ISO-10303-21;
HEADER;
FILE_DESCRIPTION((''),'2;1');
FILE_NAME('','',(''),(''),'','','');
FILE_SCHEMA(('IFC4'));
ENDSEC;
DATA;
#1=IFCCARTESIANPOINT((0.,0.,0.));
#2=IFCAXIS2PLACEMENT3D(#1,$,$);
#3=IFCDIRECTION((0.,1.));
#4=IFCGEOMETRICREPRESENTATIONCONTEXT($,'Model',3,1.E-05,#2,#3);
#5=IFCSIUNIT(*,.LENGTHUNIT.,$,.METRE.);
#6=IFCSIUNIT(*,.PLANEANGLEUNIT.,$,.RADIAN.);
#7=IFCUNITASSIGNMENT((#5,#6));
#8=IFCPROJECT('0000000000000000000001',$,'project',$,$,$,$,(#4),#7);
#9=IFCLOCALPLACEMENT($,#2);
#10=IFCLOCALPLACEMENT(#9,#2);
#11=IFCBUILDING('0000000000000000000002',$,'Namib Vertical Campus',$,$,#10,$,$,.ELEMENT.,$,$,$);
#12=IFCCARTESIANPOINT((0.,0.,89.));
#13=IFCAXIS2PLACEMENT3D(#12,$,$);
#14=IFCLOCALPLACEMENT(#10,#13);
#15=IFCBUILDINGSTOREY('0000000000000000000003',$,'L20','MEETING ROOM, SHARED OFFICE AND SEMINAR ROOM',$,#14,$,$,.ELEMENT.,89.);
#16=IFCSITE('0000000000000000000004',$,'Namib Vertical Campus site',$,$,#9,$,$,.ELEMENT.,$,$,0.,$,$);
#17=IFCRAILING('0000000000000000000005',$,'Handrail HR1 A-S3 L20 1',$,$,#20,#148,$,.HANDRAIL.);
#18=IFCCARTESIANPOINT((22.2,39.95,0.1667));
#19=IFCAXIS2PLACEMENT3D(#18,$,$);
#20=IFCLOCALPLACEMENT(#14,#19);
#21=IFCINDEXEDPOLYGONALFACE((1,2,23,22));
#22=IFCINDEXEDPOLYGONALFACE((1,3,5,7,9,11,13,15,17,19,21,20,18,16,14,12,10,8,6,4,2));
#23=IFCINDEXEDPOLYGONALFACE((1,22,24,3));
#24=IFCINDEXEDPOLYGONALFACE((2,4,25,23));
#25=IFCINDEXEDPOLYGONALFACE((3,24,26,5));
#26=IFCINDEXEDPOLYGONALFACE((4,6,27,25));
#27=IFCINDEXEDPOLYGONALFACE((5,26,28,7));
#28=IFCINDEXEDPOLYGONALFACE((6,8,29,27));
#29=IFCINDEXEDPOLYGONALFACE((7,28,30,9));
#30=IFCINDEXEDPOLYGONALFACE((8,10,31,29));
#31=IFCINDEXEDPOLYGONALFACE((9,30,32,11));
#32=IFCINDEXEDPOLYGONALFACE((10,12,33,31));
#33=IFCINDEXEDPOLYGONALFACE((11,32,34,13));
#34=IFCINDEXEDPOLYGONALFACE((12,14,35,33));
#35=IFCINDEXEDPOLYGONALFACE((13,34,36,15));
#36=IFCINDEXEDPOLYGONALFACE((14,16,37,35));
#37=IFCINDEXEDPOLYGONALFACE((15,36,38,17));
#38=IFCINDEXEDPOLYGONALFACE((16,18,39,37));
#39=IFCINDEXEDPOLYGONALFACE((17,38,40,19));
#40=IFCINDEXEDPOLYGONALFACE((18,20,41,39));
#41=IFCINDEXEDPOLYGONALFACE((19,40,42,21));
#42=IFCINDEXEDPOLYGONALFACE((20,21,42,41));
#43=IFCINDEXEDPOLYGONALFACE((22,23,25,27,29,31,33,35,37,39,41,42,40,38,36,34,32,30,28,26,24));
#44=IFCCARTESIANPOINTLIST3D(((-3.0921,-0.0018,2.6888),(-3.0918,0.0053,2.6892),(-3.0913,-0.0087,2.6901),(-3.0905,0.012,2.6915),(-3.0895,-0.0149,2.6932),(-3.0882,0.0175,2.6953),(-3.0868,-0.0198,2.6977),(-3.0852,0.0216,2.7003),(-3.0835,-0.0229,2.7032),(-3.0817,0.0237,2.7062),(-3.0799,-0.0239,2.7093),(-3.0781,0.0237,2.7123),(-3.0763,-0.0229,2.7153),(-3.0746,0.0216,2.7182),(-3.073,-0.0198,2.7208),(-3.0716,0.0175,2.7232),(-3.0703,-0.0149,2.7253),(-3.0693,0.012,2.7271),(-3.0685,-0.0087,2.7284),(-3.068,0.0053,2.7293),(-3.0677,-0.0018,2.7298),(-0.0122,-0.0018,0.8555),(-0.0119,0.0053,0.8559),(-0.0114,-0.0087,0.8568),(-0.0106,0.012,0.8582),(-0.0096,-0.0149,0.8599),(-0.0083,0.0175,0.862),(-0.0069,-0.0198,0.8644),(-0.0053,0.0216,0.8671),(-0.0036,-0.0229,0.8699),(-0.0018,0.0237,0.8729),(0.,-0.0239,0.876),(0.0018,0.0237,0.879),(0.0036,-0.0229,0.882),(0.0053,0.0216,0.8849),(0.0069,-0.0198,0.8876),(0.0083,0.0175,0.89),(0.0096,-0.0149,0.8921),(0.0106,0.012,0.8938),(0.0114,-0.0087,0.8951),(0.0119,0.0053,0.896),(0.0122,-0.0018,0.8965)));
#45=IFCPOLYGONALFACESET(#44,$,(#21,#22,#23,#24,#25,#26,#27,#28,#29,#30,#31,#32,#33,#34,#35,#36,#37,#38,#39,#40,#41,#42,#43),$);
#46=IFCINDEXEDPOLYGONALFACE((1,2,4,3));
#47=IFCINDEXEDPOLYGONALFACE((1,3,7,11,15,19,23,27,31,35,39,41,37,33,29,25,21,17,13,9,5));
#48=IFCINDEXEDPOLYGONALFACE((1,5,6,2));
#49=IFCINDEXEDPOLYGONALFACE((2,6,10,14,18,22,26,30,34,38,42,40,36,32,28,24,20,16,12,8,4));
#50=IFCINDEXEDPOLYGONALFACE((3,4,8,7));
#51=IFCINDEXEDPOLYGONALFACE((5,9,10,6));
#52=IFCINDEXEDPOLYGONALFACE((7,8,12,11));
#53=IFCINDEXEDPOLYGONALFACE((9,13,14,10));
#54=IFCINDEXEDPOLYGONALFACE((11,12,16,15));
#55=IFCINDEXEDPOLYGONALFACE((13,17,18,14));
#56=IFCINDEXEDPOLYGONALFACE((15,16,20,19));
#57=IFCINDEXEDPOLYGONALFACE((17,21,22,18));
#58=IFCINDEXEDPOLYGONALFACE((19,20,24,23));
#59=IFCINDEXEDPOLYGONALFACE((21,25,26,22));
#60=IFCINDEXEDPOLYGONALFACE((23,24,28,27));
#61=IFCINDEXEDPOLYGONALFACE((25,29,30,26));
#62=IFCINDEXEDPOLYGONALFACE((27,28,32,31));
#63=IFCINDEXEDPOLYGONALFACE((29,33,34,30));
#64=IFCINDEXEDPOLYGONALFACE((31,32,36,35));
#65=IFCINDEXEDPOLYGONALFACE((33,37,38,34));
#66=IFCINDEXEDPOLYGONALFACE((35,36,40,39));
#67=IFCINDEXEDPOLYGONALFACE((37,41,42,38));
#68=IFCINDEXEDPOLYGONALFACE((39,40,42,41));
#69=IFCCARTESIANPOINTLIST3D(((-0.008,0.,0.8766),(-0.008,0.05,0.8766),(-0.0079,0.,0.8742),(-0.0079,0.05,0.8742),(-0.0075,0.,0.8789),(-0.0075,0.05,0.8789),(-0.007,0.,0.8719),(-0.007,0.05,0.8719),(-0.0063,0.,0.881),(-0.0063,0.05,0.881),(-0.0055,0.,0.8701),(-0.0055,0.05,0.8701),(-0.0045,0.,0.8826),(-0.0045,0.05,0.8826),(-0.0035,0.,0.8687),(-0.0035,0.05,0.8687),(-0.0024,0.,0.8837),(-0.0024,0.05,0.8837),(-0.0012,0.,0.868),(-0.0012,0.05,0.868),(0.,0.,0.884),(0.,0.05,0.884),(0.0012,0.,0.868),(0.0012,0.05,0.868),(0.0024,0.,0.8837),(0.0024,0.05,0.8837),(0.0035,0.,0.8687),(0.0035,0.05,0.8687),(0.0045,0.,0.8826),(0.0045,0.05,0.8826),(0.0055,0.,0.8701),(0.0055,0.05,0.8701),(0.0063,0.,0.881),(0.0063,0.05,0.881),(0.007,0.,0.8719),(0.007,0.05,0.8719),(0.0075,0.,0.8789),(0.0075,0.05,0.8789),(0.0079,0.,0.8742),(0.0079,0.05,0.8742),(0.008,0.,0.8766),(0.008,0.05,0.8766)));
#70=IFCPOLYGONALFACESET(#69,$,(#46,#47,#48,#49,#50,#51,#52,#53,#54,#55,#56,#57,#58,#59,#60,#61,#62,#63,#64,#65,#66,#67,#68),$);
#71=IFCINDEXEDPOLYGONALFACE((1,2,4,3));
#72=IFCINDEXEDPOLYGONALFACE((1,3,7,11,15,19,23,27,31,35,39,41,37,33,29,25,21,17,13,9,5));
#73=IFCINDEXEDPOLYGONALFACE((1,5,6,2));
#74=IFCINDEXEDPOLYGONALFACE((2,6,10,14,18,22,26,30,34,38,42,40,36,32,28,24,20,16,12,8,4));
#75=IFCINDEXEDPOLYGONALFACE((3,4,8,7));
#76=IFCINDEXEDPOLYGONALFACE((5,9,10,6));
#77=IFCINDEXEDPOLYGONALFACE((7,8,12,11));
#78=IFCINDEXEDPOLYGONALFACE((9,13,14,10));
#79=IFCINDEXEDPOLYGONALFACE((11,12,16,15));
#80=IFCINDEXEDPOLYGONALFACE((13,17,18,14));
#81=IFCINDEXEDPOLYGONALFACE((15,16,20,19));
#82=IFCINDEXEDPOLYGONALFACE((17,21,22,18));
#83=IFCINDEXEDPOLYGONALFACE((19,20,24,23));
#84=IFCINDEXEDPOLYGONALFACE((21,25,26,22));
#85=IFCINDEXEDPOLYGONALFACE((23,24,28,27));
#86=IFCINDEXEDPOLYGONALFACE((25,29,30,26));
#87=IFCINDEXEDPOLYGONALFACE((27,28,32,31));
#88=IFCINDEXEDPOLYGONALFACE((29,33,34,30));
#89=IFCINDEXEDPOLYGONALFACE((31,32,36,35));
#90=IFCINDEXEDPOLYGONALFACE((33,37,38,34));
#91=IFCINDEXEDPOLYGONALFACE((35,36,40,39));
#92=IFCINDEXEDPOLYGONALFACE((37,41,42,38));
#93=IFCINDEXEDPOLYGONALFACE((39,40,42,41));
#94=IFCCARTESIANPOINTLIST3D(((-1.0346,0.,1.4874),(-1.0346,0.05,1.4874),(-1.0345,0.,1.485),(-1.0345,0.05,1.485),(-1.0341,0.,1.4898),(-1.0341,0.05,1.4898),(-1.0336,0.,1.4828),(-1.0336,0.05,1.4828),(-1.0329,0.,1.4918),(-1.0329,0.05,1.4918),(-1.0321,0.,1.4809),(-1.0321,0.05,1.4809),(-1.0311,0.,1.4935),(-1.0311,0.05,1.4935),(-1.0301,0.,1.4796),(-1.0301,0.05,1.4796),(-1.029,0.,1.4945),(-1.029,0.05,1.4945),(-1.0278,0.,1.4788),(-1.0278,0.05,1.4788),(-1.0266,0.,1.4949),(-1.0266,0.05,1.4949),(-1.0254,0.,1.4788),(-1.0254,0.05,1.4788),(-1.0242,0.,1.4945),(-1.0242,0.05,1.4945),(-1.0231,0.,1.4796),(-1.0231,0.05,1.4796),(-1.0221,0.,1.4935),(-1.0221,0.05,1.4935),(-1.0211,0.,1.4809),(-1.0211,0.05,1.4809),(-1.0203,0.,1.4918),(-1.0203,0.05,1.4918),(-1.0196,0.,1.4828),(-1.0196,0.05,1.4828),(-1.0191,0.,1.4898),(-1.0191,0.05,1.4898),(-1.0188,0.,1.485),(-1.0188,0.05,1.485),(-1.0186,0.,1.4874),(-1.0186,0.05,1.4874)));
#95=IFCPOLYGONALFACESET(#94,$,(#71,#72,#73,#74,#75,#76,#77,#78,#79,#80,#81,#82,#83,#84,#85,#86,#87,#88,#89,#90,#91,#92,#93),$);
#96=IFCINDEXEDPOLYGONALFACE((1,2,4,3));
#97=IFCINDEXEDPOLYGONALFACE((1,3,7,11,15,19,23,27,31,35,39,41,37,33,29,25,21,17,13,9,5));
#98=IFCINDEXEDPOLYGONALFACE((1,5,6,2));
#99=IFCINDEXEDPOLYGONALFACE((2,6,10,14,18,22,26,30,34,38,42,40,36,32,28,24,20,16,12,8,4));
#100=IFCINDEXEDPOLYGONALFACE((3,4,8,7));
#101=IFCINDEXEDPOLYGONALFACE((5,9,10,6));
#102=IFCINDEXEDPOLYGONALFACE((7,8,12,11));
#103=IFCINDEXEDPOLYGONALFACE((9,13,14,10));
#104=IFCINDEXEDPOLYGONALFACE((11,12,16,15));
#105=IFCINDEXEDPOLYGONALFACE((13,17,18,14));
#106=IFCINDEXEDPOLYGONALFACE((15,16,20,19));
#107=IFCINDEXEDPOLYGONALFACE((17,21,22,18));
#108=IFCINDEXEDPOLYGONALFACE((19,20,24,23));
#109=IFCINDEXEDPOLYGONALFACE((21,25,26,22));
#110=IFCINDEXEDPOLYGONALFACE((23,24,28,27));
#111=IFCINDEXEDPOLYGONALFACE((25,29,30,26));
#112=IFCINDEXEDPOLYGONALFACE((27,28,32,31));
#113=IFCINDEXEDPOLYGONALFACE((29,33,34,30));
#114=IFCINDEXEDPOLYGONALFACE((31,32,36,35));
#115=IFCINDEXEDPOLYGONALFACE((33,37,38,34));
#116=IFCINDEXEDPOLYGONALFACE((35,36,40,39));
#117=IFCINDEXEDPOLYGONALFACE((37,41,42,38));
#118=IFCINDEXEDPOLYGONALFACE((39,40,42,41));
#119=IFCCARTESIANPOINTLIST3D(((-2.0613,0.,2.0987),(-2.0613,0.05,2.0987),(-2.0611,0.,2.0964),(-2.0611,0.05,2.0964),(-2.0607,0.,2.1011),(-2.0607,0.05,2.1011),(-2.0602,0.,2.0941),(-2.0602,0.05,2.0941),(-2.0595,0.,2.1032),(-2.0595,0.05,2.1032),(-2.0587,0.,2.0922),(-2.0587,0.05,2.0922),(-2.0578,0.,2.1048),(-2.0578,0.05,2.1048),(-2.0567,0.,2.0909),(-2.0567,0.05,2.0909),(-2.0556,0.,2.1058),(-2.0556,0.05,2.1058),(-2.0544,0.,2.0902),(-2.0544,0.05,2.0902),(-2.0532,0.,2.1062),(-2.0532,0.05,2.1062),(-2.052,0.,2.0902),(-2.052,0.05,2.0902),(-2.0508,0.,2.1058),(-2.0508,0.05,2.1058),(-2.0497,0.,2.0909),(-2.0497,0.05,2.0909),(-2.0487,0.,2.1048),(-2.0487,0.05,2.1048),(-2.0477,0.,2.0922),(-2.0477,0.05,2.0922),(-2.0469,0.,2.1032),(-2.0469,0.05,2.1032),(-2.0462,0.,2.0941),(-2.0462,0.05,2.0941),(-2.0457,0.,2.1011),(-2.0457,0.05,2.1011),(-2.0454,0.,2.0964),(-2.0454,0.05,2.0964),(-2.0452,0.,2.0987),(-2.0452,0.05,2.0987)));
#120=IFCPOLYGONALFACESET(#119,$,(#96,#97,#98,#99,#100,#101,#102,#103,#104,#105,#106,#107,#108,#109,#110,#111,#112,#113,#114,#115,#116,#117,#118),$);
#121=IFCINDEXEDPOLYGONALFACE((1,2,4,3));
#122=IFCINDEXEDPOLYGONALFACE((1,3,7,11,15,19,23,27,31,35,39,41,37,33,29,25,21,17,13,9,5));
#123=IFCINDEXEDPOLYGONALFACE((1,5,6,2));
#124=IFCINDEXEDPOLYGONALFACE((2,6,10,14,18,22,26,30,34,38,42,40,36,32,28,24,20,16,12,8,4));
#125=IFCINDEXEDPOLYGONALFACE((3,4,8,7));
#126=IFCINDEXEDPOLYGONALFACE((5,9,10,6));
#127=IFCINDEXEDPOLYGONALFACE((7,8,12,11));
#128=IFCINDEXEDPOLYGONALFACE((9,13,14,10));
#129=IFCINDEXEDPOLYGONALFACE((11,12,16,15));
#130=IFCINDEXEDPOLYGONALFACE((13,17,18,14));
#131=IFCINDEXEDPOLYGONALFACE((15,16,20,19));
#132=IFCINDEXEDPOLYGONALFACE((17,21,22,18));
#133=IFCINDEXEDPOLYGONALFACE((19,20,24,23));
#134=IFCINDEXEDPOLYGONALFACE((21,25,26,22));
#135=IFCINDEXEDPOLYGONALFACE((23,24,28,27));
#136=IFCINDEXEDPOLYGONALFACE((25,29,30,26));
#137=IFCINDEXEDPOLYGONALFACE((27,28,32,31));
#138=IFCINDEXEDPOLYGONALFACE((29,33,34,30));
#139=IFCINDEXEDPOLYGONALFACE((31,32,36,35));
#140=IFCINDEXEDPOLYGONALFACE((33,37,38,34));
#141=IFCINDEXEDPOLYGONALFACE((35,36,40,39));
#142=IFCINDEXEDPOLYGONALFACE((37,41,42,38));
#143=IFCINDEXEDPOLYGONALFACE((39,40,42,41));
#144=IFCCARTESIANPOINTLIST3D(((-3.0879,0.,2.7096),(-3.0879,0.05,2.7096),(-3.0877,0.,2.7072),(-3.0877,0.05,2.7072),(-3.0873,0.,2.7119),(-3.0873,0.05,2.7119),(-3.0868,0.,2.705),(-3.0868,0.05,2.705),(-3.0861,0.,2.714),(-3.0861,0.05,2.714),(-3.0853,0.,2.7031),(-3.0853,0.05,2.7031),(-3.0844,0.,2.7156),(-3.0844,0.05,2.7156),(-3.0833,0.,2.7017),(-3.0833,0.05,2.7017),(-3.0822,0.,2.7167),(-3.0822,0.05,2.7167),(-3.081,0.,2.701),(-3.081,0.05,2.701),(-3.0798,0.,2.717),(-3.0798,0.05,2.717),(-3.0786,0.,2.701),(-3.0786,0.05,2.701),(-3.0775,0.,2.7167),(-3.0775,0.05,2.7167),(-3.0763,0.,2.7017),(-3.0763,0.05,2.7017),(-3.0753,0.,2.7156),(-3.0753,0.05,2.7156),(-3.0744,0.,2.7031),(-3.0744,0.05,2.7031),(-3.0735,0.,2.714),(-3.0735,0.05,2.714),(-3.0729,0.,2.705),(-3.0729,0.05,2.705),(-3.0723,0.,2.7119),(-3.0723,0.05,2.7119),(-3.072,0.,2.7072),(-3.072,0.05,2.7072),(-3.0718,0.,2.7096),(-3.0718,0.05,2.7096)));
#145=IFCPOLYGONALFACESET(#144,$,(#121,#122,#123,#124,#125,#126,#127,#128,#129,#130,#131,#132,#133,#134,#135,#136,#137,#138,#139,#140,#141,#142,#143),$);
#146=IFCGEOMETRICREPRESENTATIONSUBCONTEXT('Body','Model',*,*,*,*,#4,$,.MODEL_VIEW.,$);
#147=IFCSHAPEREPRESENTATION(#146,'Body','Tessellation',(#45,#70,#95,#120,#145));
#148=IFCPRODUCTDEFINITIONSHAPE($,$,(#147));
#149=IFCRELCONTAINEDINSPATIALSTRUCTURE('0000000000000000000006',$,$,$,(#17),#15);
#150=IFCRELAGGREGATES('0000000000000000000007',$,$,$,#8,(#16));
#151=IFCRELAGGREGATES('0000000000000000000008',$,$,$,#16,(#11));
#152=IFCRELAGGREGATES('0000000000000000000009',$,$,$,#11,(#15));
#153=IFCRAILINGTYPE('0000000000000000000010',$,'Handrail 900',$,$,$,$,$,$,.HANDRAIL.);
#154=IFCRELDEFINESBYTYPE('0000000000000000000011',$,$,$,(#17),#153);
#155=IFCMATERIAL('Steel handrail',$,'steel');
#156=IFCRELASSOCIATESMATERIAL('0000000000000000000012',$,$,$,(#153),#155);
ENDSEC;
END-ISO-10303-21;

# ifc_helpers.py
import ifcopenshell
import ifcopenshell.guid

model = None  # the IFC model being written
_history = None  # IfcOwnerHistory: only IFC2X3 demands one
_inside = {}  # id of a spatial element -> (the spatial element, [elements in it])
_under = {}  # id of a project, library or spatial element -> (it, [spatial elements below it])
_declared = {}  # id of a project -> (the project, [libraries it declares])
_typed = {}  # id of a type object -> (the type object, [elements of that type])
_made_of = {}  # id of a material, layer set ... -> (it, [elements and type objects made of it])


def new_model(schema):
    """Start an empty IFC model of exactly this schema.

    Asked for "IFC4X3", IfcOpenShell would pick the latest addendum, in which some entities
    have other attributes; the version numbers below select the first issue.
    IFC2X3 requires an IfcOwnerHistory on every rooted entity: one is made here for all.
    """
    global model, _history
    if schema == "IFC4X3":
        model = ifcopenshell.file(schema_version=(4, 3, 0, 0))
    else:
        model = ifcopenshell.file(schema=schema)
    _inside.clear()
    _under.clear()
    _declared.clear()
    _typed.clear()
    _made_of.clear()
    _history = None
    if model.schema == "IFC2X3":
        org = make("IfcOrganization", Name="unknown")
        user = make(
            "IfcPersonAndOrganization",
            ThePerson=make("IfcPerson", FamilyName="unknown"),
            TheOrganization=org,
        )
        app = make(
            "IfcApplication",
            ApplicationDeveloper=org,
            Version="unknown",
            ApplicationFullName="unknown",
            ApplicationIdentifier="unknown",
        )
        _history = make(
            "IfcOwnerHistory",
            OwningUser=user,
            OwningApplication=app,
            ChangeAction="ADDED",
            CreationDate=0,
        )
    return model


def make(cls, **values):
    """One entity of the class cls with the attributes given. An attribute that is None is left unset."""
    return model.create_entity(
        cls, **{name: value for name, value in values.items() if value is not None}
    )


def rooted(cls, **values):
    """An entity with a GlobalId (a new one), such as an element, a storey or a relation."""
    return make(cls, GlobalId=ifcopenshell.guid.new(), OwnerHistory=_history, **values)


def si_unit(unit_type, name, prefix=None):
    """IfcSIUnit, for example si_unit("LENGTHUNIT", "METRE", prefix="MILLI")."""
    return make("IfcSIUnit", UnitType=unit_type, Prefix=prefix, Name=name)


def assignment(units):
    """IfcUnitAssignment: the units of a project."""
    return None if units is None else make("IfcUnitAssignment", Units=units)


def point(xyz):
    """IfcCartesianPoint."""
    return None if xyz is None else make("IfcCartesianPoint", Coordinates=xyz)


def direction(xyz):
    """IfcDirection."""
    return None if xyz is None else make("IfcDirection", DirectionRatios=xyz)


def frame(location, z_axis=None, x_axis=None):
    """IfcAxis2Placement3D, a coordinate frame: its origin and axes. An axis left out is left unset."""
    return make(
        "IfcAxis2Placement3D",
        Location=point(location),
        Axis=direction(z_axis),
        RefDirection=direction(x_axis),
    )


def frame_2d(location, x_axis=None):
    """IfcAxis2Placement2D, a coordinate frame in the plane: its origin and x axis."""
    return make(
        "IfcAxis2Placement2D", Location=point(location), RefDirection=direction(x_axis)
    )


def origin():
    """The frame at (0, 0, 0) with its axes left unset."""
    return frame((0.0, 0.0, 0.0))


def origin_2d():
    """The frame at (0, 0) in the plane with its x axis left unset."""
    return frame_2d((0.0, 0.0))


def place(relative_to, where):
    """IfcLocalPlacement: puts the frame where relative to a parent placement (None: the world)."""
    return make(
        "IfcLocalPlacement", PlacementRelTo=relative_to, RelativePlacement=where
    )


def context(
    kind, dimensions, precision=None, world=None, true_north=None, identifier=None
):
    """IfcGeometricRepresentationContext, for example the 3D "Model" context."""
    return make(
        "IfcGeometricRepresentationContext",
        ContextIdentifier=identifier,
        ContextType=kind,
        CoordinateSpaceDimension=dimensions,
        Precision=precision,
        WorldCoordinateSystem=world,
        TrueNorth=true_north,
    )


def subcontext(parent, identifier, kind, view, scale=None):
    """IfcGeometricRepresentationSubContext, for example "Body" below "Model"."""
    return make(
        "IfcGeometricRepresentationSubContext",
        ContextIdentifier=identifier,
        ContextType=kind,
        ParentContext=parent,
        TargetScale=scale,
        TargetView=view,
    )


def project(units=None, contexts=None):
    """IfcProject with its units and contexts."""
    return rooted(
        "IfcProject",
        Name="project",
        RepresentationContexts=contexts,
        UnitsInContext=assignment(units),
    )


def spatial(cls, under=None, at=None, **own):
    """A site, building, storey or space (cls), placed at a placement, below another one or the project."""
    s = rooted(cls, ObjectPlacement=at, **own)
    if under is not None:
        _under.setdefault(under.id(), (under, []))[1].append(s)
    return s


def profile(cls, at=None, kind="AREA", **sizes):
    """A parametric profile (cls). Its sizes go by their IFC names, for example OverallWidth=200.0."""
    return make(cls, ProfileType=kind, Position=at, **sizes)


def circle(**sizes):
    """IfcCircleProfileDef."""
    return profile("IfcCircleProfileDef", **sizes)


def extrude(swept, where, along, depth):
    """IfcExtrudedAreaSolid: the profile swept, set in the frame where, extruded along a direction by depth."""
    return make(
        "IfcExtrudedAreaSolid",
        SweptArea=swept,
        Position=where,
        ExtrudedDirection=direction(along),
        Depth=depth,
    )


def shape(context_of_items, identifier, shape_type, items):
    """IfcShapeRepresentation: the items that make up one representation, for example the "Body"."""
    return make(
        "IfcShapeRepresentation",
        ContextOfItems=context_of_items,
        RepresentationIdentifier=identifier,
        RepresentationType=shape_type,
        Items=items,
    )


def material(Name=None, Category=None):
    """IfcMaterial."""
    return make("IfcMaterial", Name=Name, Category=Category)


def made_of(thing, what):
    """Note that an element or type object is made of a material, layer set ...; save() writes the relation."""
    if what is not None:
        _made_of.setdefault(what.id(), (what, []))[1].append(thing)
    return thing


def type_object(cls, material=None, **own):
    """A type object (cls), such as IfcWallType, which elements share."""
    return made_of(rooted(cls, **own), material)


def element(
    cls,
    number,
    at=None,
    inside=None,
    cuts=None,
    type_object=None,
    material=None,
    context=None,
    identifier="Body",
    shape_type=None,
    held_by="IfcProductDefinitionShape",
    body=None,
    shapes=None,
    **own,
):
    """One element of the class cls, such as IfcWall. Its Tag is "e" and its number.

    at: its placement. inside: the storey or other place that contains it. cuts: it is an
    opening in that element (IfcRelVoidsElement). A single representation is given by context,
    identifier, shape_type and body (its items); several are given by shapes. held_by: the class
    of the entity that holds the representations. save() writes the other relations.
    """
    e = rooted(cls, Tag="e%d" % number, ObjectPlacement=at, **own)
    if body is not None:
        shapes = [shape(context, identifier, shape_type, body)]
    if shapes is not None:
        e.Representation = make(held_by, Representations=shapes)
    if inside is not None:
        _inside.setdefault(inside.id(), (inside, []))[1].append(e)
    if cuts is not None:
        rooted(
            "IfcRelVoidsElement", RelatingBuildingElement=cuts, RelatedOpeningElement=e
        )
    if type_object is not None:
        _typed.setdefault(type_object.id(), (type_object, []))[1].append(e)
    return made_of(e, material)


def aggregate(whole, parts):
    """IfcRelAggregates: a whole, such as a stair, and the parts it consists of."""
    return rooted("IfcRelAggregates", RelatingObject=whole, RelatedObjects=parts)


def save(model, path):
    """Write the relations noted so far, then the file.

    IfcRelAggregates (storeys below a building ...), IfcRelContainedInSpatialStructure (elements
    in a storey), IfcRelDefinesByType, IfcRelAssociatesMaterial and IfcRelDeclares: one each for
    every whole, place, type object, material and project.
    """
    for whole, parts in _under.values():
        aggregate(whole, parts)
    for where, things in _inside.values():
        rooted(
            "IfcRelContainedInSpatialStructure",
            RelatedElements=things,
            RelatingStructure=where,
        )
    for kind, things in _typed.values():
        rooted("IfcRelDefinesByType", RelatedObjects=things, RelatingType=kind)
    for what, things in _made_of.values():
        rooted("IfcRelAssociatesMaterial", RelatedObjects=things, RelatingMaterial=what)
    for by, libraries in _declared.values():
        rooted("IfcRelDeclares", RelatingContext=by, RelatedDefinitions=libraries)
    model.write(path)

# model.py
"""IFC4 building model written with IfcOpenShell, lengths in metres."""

from ifc_helpers import new_model, si_unit, direction, frame, origin, origin_2d, place, context, subcontext, project, spatial, circle, extrude, material, type_object, element, save


model = new_model("IFC4")

# Units and contexts
model_context = context("Model", 3, precision=1e-05, world=origin(), true_north=direction((0.0, 1.0)))
body_context = subcontext(model_context, "Body", "Model", "MODEL_VIEW")
ifc_project = project(units=[si_unit("LENGTHUNIT", "METRE"), si_unit("PLANEANGLEUNIT", "RADIAN")], contexts=[model_context])

# Site, building, storey
site_placement = place(None, origin())
site = spatial("IfcSite", under=ifc_project, at=site_placement, Name="Namib Vertical Campus site", CompositionType="ELEMENT", RefElevation=0.0)
building_placement = place(site_placement, origin())
building = spatial("IfcBuilding", under=site, at=building_placement, Name="Namib Vertical Campus", CompositionType="ELEMENT")
storey_placement = place(building_placement, frame((0.0, 0.0, 89.0)))
storey = spatial("IfcBuildingStorey", under=building, at=storey_placement, Name="L20", Description="MEETING ROOM, SHARED OFFICE AND SEMINAR ROOM", CompositionType="ELEMENT", Elevation=89.0)

# Railing
ifc_material_1 = material(Name="Steel handrail", Category="steel")
railing_type_1 = type_object("IfcRailingType", Name="Handrail 900", PredefinedType="HANDRAIL", material=ifc_material_1)
railing_1_placement = place(storey_placement, frame((22.2, 39.95, 0.1667)))
element("IfcRailing", 1, at=railing_1_placement, inside=storey, type_object=railing_type_1, Name="Handrail HR1 A-S3 L20 1", PredefinedType="HANDRAIL", context=body_context, shape_type="SweptSolid", body=[
    extrude(circle(Radius=0.0239, at=origin_2d()), frame((0.0, 0.0, 0.876), z_axis=(-0.859291, 0.0, 0.511487), x_axis=(0.0, -1.0, 0.0)), (0.0, 0.0, 1.0), 3.5842),
    extrude(circle(Radius=0.0081, at=origin_2d()), frame((0.0, 0.0, 0.876), z_axis=(0.0, 1.0, 0.0), x_axis=(0.0, 0.0, 1.0)), (0.0, 0.0, 1.0), 0.05),
    extrude(circle(Radius=0.0081, at=origin_2d()), frame((-1.0266, 0.0, 1.4868), z_axis=(0.0, 1.0, 0.0), x_axis=(0.0, 0.0, 1.0)), (0.0, 0.0, 1.0), 0.05),
    extrude(circle(Radius=0.0081, at=origin_2d()), frame((-2.0532, 0.0, 2.0981), z_axis=(0.0, 1.0, 0.0), x_axis=(0.0, 0.0, 1.0)), (0.0, 0.0, 1.0), 0.05),
    extrude(circle(Radius=0.0081, at=origin_2d()), frame((-3.0798, 0.0, 2.709), z_axis=(0.0, 1.0, 0.0), x_axis=(0.0, 0.0, 1.0)), (0.0, 0.0, 1.0), 0.05),
])

save(model, "model.ifc")
